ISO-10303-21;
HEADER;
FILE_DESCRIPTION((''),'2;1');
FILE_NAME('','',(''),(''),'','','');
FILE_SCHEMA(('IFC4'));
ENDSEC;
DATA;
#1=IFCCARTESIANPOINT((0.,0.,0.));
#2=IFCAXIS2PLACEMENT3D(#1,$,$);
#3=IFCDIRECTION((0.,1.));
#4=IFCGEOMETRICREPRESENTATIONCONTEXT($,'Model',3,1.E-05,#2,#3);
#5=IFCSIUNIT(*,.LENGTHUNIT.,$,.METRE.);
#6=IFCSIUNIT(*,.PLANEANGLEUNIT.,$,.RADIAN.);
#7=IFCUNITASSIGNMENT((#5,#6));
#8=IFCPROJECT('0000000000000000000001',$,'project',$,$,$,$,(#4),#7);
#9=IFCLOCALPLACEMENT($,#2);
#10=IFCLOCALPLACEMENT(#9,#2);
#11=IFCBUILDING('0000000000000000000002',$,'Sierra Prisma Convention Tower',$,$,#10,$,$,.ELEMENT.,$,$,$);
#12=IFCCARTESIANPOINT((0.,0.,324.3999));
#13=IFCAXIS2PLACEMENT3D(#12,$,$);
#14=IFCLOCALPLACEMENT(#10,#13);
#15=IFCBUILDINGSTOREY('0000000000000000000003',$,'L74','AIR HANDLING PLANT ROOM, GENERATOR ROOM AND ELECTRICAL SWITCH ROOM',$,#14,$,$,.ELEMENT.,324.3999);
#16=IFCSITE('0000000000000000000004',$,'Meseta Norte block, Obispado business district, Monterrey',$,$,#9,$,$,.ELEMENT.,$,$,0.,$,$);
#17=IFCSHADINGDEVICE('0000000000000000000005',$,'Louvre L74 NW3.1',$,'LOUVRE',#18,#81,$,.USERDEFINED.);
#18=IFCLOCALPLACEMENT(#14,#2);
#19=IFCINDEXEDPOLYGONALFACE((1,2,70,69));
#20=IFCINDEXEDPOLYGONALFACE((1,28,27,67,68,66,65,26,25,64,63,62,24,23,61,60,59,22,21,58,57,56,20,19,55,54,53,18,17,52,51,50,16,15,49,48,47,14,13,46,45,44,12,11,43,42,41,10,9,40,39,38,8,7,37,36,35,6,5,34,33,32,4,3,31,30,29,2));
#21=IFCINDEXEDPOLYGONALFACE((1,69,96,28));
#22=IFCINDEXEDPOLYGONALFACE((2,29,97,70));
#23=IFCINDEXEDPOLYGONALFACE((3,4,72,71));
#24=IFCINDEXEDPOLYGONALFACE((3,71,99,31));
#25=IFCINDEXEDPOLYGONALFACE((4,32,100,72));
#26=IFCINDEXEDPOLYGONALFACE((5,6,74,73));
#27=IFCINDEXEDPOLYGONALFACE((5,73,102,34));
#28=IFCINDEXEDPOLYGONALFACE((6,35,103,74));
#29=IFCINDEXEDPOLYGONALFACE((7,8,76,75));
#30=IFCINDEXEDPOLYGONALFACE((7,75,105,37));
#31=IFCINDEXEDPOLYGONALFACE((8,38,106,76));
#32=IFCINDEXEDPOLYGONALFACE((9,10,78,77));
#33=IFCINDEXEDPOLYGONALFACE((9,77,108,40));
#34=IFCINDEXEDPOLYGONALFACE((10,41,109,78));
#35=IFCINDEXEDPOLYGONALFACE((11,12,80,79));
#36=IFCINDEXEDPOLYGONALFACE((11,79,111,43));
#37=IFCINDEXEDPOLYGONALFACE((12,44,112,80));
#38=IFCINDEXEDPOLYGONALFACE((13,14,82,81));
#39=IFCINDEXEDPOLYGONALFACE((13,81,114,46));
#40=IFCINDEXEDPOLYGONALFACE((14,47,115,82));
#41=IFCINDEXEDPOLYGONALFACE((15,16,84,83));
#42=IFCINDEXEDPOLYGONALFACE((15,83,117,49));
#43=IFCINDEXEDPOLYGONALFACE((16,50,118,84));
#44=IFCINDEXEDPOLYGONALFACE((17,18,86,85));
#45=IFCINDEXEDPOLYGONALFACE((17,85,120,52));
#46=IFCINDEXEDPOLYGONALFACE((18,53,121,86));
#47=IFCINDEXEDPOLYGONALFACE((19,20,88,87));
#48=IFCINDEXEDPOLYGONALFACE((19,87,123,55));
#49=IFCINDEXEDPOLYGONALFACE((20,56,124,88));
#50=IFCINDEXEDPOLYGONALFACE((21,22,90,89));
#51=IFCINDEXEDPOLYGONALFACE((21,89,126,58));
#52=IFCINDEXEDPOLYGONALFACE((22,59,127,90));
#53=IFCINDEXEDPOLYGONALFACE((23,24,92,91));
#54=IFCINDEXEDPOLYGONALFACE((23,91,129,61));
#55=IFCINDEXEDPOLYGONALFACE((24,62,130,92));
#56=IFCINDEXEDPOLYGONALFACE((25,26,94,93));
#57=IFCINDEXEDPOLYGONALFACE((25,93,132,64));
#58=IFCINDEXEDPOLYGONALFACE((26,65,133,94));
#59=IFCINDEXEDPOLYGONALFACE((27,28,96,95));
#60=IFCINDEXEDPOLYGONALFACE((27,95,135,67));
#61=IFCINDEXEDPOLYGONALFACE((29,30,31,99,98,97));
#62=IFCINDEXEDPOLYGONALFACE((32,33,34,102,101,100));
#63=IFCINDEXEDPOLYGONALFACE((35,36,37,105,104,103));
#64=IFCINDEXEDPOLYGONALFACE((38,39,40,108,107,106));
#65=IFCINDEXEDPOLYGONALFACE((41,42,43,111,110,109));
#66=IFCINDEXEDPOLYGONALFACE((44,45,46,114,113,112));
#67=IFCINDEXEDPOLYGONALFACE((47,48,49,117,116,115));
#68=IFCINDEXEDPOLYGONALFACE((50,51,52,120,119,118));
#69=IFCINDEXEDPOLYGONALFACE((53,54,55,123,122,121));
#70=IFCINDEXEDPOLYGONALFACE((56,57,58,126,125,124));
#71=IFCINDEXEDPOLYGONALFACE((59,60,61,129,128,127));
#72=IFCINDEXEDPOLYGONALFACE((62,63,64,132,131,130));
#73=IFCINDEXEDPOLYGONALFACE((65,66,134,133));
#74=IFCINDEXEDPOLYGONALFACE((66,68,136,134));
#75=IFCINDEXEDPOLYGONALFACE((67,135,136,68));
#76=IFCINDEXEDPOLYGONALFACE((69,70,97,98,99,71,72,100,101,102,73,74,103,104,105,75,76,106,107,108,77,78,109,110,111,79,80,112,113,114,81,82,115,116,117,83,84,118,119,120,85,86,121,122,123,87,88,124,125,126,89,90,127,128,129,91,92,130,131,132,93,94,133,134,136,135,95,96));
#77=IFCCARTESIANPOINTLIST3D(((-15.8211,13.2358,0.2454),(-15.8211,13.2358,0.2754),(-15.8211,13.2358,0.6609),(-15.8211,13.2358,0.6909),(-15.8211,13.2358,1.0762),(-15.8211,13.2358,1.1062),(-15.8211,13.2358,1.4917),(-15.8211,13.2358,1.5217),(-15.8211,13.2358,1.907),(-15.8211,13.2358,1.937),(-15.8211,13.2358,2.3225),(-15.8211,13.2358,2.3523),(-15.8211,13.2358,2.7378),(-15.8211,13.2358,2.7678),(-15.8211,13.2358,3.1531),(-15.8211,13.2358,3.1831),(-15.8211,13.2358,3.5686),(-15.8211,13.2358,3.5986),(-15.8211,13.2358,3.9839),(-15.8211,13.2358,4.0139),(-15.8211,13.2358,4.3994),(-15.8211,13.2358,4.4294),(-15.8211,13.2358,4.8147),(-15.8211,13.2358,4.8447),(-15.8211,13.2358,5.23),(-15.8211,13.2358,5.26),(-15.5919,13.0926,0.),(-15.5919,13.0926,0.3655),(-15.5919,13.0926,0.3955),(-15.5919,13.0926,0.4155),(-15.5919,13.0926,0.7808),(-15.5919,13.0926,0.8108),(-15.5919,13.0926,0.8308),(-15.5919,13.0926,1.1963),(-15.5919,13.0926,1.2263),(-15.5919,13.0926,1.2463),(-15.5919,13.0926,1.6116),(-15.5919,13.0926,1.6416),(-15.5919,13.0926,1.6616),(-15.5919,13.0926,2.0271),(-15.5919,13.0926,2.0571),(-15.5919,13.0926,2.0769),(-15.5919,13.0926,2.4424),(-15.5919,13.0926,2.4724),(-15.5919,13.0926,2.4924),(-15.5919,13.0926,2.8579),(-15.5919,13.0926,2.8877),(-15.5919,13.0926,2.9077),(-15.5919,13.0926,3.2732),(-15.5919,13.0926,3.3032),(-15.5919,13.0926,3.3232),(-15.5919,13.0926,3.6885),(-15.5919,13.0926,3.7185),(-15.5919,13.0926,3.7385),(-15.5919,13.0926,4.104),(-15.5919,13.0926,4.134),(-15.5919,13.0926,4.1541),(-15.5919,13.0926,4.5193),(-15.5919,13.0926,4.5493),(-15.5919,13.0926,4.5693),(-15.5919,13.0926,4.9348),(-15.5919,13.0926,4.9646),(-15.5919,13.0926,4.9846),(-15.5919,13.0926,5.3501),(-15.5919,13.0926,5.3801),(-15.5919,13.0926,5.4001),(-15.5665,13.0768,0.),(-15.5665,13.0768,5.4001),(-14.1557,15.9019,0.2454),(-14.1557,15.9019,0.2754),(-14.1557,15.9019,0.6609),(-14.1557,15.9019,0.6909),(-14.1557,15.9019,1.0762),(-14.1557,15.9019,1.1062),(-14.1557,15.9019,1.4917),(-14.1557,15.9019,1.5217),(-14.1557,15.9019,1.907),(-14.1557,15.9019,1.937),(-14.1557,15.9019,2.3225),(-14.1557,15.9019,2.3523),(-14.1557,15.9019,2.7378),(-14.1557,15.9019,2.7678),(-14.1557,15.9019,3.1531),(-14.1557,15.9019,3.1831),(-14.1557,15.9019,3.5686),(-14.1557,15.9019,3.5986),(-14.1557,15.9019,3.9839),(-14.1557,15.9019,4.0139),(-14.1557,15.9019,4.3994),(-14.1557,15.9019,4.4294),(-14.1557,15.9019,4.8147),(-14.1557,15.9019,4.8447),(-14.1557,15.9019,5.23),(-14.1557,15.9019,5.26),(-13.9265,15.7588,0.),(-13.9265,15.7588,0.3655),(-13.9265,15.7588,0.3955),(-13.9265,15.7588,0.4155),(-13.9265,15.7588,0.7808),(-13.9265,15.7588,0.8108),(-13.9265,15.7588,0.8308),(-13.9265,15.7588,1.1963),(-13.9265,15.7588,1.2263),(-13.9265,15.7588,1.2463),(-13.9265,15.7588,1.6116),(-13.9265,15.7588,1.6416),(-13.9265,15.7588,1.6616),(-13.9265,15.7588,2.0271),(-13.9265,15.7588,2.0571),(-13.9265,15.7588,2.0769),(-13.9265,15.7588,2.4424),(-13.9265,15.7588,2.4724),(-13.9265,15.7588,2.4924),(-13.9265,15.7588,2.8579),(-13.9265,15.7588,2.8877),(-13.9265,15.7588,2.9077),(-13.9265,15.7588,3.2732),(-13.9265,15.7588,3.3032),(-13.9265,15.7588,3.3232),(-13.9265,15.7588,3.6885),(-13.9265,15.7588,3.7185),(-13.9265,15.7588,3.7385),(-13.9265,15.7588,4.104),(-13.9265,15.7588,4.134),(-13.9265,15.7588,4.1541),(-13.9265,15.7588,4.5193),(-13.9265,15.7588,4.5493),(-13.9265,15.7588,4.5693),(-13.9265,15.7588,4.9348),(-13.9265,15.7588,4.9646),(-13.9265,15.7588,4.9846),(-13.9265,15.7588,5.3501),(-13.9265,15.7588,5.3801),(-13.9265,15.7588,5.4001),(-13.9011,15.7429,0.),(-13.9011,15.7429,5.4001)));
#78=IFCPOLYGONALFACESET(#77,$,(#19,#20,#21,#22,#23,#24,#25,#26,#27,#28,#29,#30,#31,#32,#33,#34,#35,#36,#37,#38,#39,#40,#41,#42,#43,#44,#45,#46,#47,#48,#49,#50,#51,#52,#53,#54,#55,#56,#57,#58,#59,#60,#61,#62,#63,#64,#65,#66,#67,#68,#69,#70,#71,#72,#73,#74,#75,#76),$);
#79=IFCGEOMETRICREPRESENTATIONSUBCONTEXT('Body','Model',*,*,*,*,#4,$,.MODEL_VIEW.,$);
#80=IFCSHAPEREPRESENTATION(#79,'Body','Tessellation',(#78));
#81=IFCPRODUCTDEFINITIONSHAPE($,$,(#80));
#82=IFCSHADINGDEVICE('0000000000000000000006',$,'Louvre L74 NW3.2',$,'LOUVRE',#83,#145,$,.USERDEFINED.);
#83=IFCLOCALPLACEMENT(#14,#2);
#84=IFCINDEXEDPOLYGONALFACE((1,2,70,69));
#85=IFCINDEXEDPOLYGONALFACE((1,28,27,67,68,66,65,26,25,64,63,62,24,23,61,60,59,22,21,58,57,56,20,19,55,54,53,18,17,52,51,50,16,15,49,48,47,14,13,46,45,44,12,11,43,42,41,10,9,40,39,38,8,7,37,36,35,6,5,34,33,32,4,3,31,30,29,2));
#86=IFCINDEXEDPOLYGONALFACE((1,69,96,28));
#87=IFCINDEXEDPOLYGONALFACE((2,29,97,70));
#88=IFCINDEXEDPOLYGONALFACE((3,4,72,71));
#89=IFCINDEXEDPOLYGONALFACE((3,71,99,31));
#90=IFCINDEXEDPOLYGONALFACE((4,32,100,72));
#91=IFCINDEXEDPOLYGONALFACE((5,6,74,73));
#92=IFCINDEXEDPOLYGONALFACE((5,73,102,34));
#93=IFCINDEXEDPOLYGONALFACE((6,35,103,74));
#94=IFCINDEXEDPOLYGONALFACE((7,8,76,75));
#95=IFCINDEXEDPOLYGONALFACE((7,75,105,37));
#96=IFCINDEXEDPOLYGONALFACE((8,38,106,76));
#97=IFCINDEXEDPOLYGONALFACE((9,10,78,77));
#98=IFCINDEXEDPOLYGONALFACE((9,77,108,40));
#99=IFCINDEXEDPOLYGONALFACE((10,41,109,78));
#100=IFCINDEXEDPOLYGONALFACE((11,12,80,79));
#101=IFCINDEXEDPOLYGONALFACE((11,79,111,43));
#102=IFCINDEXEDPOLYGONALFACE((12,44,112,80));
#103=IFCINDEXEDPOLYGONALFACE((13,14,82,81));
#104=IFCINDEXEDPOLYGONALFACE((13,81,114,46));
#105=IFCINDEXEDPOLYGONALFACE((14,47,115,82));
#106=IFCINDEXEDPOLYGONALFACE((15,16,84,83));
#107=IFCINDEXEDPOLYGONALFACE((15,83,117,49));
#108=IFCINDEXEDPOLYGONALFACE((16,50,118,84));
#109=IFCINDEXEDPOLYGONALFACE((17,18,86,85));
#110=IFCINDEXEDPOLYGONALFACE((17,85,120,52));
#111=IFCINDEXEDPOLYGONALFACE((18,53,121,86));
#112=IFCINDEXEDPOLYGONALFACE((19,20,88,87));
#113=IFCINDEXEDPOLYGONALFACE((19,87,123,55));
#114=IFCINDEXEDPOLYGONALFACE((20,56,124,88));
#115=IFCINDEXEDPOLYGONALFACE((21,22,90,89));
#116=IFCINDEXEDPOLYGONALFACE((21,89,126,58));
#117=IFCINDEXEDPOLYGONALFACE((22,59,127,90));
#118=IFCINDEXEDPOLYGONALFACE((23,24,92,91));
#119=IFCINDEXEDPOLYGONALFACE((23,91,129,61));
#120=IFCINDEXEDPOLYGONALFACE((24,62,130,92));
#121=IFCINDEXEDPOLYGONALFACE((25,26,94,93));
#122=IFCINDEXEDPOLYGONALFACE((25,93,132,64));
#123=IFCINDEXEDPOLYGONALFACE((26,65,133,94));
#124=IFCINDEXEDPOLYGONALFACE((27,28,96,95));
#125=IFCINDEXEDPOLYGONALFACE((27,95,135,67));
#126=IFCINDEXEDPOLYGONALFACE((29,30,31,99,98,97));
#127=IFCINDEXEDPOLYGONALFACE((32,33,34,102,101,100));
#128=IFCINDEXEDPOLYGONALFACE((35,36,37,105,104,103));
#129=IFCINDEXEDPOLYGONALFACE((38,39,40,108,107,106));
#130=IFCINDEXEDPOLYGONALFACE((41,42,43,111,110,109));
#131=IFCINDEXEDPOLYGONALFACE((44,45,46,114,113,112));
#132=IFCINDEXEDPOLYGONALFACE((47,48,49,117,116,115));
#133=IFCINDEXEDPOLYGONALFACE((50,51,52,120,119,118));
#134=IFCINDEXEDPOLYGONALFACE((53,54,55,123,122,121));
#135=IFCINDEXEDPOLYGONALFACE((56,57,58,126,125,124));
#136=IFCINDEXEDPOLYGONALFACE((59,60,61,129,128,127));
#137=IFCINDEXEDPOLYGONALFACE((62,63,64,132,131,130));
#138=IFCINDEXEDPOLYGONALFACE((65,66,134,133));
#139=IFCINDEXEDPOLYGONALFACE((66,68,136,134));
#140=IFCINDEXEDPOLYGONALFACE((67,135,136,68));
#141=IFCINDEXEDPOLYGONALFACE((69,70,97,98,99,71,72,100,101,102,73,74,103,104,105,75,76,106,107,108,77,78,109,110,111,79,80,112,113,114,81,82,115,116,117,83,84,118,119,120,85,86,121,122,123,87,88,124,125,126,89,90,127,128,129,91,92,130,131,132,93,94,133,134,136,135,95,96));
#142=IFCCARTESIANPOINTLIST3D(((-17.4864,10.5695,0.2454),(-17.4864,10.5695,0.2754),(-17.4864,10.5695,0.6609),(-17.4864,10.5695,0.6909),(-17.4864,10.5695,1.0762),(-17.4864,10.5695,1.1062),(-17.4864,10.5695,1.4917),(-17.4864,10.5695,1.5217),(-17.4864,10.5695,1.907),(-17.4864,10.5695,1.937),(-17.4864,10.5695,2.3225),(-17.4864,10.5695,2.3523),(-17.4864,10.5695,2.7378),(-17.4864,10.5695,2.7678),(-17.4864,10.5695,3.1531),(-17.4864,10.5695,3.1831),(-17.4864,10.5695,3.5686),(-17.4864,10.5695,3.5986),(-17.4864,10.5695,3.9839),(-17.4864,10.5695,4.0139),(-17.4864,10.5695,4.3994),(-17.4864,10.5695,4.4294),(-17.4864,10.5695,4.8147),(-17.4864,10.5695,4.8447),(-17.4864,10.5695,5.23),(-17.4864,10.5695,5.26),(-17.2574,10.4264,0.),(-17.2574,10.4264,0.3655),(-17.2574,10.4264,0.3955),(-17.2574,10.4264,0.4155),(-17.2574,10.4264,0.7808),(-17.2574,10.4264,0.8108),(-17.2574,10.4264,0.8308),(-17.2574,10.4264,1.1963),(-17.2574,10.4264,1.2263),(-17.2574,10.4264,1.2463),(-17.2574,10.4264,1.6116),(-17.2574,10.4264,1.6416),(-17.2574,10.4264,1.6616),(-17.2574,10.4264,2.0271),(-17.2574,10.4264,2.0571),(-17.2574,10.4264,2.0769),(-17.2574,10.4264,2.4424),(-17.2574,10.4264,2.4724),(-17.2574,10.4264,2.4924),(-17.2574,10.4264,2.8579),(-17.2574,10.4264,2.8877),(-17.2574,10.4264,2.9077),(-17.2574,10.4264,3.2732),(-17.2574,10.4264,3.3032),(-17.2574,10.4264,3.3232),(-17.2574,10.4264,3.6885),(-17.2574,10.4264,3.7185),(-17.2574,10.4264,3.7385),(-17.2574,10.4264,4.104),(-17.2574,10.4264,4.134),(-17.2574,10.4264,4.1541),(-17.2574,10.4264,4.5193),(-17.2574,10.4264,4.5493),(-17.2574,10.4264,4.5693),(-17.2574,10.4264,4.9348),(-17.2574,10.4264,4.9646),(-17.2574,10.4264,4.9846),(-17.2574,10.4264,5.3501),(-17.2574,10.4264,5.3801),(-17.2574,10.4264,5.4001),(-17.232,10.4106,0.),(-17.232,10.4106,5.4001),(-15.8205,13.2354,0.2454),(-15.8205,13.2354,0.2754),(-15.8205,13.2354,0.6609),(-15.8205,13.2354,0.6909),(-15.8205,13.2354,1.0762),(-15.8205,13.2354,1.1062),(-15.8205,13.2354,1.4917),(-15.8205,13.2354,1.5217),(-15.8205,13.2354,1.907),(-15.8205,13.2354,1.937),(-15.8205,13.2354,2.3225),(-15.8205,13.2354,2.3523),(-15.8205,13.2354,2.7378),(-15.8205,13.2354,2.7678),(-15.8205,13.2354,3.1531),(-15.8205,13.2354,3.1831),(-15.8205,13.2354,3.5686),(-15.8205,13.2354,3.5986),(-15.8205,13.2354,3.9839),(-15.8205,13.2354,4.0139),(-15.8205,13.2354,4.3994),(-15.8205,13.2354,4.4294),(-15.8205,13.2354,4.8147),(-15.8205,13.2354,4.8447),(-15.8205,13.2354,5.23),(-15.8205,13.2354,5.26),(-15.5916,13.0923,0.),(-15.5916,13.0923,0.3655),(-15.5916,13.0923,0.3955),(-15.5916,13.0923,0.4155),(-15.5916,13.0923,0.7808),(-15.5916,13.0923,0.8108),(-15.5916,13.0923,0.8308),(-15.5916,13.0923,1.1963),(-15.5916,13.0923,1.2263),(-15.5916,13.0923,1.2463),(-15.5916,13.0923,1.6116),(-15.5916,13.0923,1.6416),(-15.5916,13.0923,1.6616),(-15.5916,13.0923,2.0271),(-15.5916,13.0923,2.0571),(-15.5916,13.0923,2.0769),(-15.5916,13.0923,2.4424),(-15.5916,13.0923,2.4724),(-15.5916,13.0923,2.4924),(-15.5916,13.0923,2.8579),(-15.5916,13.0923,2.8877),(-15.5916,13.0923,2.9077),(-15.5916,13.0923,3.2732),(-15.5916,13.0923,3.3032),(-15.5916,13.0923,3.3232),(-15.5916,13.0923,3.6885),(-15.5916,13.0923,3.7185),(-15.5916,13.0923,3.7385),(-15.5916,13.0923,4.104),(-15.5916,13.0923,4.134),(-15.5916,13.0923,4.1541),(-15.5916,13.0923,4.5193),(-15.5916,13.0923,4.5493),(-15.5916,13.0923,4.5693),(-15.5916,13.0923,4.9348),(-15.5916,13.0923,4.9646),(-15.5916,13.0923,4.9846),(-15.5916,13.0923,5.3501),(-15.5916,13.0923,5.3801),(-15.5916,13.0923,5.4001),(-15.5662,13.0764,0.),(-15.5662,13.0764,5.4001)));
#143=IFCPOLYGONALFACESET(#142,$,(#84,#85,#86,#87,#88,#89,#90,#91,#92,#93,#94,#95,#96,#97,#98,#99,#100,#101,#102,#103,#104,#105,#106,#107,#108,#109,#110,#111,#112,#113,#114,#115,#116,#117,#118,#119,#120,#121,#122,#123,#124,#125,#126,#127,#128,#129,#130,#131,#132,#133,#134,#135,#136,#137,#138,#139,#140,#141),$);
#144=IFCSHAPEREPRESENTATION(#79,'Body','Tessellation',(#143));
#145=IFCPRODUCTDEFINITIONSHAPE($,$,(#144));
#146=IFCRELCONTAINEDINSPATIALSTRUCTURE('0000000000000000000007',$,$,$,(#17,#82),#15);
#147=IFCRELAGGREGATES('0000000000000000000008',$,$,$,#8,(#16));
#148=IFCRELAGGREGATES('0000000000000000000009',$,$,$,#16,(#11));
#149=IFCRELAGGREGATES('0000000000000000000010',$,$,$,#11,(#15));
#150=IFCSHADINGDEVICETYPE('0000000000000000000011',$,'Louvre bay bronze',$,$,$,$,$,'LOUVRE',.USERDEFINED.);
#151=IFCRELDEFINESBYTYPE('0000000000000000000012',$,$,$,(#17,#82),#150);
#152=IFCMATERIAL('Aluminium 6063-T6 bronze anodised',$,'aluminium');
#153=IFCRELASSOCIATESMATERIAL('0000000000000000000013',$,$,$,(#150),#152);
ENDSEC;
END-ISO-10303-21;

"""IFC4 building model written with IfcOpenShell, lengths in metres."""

from ifc_helpers import new_model, si_unit, direction, frame, origin, place, context, subcontext, project, spatial, polyline, outline, extrude, material, type_object, element, save


model = new_model("IFC4")

# Units and contexts
model_context = context("Model", 3, precision=1e-05, world=origin(), true_north=direction((0.0, 1.0)))
body_context = subcontext(model_context, "Body", "Model", "MODEL_VIEW")
ifc_project = project(units=[si_unit("LENGTHUNIT", "METRE"), si_unit("PLANEANGLEUNIT", "RADIAN")], contexts=[model_context])

# Site, building, storey
site_placement = place(None, origin())
site = spatial("IfcSite", under=ifc_project, at=site_placement, Name="Meseta Norte block, Obispado business district, Monterrey", CompositionType="ELEMENT", RefElevation=0.0)
building_placement = place(site_placement, origin())
building = spatial("IfcBuilding", under=site, at=building_placement, Name="Sierra Prisma Convention Tower", CompositionType="ELEMENT")
storey_placement = place(building_placement, frame((0.0, 0.0, 324.3999)))
storey = spatial("IfcBuildingStorey", under=building, at=storey_placement, Name="L74", Description="AIR HANDLING PLANT ROOM, GENERATOR ROOM AND ELECTRICAL SWITCH ROOM", CompositionType="ELEMENT", Elevation=324.3999)

# Shading devices
ifc_material_1 = material(Name="Aluminium 6063-T6 bronze anodised", Category="aluminium")
shading_device_type = type_object("IfcShadingDeviceType", Name="Louvre bay bronze", ElementType="LOUVRE", PredefinedType="USERDEFINED", material=ifc_material_1)
shading_device_1_placement = place(storey_placement, frame((-13.9011, 15.7429, 0.0), z_axis=(0.529775, 0.848138, 0.0), x_axis=(0.0, 0.0, 1.0)))
element("IfcShadingDevice", 1, at=shading_device_1_placement, inside=storey, type_object=shading_device_type, Name="Louvre L74 NW3.1", ObjectType="LOUVRE", PredefinedType="USERDEFINED", context=body_context, shape_type="SweptSolid", body=[
    extrude(outline(polyline([(0.0, 0.0), (5.4001, 0.0), (5.4001, -0.0299), (5.3801, -0.0299), (5.26, -0.3002), (5.23, -0.3002), (5.3501, -0.0299), (4.9846, -0.0299), (4.9646, -0.0299), (4.8447, -0.3002), (4.8147, -0.3002), (4.9348, -0.0299), (4.5693, -0.0299), (4.5493, -0.0299), (4.4294, -0.3002), (4.3994, -0.3002), (4.5193, -0.0299), (4.1541, -0.0299), (4.134, -0.0299), (4.0139, -0.3002), (3.9839, -0.3002), (4.104, -0.0299), (3.7385, -0.0299), (3.7185, -0.0299), (3.5986, -0.3002), (3.5686, -0.3002), (3.6885, -0.0299), (3.3232, -0.0299), (3.3032, -0.0299), (3.1831, -0.3002), (3.1531, -0.3002), (3.2732, -0.0299), (2.9077, -0.0299), (2.8877, -0.0299), (2.7678, -0.3002), (2.7378, -0.3002), (2.8579, -0.0299), (2.4924, -0.0299), (2.4724, -0.0299), (2.3523, -0.3002), (2.3225, -0.3002), (2.4424, -0.0299), (2.0769, -0.0299), (2.0571, -0.0299), (1.937, -0.3002), (1.907, -0.3002), (2.0271, -0.0299), (1.6616, -0.0299), (1.6416, -0.0299), (1.5217, -0.3002), (1.4917, -0.3002), (1.6116, -0.0299), (1.2463, -0.0299), (1.2263, -0.0299), (1.1062, -0.3002), (1.0762, -0.3002), (1.1963, -0.0299), (0.8308, -0.0299), (0.8108, -0.0299), (0.6909, -0.3002), (0.6609, -0.3002), (0.7808, -0.0299), (0.4155, -0.0299), (0.3955, -0.0299), (0.2754, -0.3002), (0.2454, -0.3002), (0.3655, -0.0299), (0.0, -0.0299), (0.0, 0.0)])), origin(), (0.0, 0.0, -1.0), 3.1436),
])
shading_device_2_placement = place(storey_placement, frame((-15.5662, 13.0764, 0.0), z_axis=(0.529935, 0.848038, 0.0), x_axis=(0.0, 0.0, 1.0)))
element("IfcShadingDevice", 2, at=shading_device_2_placement, inside=storey, type_object=shading_device_type, Name="Louvre L74 NW3.2", ObjectType="LOUVRE", PredefinedType="USERDEFINED", context=body_context, shape_type="SweptSolid", body=[
    extrude(outline(polyline([(0.0, 0.0), (5.4001, 0.0), (5.4001, -0.0299), (5.3801, -0.0299), (5.26, -0.3), (5.23, -0.3), (5.3501, -0.0299), (4.9846, -0.0299), (4.9646, -0.0299), (4.8447, -0.3), (4.8147, -0.3), (4.9348, -0.0299), (4.5693, -0.0299), (4.5493, -0.0299), (4.4294, -0.3), (4.3994, -0.3), (4.5193, -0.0299), (4.1541, -0.0299), (4.134, -0.0299), (4.0139, -0.3), (3.9839, -0.3), (4.104, -0.0299), (3.7385, -0.0299), (3.7185, -0.0299), (3.5986, -0.3), (3.5686, -0.3), (3.6885, -0.0299), (3.3232, -0.0299), (3.3032, -0.0299), (3.1831, -0.3), (3.1531, -0.3), (3.2732, -0.0299), (2.9077, -0.0299), (2.8877, -0.0299), (2.7678, -0.3), (2.7378, -0.3), (2.8579, -0.0299), (2.4924, -0.0299), (2.4724, -0.0299), (2.3523, -0.3), (2.3225, -0.3), (2.4424, -0.0299), (2.0769, -0.0299), (2.0571, -0.0299), (1.937, -0.3), (1.907, -0.3), (2.0271, -0.0299), (1.6616, -0.0299), (1.6416, -0.0299), (1.5217, -0.3), (1.4917, -0.3), (1.6116, -0.0299), (1.2463, -0.0299), (1.2263, -0.0299), (1.1062, -0.3), (1.0762, -0.3), (1.1963, -0.0299), (0.8308, -0.0299), (0.8108, -0.0299), (0.6909, -0.3), (0.6609, -0.3), (0.7808, -0.0299), (0.4155, -0.0299), (0.3955, -0.0299), (0.2754, -0.3), (0.2454, -0.3), (0.3655, -0.0299), (0.0, -0.0299), (0.0, 0.0)])), origin(), (0.0, 0.0, -1.0), 3.1436),
])

save(model, "model.ifc")
